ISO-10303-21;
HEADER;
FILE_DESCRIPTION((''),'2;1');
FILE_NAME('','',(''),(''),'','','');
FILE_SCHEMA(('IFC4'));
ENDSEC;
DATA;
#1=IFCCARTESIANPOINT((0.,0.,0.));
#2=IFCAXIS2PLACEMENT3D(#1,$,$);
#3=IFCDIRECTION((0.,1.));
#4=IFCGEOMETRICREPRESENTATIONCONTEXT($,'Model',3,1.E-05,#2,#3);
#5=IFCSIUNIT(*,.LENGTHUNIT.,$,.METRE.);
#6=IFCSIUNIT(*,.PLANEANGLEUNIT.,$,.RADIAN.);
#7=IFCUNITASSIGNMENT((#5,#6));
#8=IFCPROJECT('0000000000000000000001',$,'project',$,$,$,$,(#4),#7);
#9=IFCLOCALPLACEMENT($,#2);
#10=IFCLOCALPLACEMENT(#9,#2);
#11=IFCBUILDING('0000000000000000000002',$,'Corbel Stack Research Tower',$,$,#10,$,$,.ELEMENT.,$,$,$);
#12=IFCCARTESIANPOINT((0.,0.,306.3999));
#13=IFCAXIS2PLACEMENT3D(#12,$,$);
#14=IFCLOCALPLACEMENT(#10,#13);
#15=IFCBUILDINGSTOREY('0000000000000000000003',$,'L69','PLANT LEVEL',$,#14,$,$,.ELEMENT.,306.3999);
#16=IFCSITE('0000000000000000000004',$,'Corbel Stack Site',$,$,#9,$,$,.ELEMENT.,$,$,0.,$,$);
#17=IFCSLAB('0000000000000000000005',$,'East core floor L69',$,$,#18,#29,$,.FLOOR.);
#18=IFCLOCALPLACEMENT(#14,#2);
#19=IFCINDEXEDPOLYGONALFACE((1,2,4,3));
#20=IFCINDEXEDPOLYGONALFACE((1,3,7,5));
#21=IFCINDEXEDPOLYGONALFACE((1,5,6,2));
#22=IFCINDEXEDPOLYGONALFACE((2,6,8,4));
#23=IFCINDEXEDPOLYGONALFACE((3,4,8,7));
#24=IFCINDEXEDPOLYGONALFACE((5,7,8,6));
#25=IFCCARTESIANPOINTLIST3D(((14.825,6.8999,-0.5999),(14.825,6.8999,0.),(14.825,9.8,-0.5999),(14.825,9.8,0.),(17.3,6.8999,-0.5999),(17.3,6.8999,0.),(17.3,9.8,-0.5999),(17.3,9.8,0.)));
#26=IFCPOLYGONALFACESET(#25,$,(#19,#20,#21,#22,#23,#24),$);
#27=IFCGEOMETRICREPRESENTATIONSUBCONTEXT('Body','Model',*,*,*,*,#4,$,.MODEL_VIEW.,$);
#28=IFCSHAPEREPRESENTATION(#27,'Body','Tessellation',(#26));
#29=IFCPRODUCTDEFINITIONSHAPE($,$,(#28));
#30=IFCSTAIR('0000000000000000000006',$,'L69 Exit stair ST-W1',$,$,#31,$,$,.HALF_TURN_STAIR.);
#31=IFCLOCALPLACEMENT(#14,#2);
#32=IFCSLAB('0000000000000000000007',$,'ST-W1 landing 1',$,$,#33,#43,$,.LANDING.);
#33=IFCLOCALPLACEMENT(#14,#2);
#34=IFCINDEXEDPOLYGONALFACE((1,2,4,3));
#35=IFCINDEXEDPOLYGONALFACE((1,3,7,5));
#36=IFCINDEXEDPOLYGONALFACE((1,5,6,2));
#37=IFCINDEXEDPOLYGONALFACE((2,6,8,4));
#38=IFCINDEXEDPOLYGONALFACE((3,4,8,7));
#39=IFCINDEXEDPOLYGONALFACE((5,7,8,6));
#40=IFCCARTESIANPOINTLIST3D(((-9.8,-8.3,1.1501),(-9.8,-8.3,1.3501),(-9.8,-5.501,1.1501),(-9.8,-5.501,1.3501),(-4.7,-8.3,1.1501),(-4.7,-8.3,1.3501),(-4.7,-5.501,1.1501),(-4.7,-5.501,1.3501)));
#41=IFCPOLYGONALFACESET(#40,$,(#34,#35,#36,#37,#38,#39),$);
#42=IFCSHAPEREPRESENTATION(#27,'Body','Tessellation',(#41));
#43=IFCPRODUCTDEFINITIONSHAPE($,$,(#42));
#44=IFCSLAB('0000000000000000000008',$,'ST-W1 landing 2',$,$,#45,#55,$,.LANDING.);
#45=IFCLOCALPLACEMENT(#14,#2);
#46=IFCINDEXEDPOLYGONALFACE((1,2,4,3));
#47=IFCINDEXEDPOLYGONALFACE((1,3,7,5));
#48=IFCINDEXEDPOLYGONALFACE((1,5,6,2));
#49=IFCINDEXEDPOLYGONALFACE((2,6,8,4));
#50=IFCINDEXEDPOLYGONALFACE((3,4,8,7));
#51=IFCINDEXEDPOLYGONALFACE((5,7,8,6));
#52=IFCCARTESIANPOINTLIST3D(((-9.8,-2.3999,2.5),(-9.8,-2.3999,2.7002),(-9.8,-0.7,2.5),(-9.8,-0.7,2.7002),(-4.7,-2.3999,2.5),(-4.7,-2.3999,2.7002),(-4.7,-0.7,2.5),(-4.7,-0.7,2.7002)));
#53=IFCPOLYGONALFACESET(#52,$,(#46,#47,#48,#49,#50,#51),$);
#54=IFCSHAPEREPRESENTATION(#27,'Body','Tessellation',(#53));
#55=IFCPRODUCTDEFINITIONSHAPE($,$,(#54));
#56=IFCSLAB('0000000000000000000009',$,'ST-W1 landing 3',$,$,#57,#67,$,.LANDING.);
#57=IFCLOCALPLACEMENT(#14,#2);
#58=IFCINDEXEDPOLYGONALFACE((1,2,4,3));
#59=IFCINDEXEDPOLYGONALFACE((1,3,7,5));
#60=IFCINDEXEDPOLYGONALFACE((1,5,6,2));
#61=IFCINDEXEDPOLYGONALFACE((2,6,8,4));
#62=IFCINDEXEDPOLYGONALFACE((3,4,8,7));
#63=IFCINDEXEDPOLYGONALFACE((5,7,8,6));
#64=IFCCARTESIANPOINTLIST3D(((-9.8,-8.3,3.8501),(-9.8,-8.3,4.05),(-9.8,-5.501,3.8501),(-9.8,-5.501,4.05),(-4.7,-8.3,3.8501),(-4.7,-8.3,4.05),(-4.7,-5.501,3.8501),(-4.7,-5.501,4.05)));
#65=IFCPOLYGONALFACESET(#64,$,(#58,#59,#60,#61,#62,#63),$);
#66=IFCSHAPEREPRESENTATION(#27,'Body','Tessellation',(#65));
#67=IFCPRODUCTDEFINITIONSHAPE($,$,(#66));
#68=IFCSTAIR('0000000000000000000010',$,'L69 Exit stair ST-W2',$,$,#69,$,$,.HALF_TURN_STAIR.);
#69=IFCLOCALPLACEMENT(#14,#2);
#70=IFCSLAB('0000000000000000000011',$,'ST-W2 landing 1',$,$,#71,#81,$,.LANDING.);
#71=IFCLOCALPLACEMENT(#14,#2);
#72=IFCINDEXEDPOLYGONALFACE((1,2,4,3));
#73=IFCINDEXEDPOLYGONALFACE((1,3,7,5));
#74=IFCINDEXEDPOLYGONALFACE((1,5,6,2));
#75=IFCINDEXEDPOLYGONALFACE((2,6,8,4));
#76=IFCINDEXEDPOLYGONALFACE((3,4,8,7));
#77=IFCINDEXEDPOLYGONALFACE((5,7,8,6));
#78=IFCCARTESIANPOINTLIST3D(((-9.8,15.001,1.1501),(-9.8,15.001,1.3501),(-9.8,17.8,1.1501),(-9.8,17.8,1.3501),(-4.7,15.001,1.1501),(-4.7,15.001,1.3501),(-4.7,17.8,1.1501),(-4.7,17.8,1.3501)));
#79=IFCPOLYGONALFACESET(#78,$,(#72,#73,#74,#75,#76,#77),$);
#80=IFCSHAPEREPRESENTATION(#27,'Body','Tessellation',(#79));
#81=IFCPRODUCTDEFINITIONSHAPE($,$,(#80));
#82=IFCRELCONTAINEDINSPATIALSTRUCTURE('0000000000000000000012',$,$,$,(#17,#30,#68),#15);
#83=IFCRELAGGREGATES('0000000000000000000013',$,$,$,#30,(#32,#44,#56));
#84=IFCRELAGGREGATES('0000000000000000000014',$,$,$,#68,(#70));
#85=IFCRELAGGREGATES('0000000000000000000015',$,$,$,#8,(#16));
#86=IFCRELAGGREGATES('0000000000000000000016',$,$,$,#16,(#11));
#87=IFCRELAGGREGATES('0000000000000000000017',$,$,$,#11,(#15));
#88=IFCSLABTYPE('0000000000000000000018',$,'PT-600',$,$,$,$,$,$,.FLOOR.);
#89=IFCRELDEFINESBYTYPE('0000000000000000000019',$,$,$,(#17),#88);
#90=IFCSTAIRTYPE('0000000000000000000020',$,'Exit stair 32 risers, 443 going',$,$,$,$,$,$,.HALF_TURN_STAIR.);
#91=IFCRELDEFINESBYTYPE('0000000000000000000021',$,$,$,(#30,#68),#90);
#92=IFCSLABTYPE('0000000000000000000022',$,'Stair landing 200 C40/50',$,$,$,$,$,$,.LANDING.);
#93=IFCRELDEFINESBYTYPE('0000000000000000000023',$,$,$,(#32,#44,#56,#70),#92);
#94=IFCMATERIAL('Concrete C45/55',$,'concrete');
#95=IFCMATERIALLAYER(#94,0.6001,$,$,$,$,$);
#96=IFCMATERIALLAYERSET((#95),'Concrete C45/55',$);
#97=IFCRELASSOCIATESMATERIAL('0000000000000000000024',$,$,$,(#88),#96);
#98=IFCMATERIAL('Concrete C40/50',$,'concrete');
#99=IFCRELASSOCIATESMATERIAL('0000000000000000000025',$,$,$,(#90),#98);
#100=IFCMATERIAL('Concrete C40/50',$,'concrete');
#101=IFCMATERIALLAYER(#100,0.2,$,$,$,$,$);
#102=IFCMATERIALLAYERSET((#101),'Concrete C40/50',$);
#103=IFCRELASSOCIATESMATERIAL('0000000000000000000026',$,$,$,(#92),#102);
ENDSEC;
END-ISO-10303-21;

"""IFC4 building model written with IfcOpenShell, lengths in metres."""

from ifc_helpers import new_model, si_unit, direction, frame, origin, place, context, subcontext, project, spatial, polyline, outline, extrude, material, layer, layer_set, type_object, element, aggregate, save


model = new_model("IFC4")

# Units and contexts
model_context = context("Model", 3, precision=1e-05, world=origin(), true_north=direction((0.0, 1.0)))
body_context = subcontext(model_context, "Body", "Model", "MODEL_VIEW")
ifc_project = project(units=[si_unit("LENGTHUNIT", "METRE"), si_unit("PLANEANGLEUNIT", "RADIAN")], contexts=[model_context])

# Site, building, storey
site_placement = place(None, origin())
site = spatial("IfcSite", under=ifc_project, at=site_placement, Name="Corbel Stack Site", CompositionType="ELEMENT", RefElevation=0.0)
building_placement = place(site_placement, origin())
building = spatial("IfcBuilding", under=site, at=building_placement, Name="Corbel Stack Research Tower", CompositionType="ELEMENT")
storey_placement = place(building_placement, frame((0.0, 0.0, 306.3999)))
storey = spatial("IfcBuildingStorey", under=building, at=storey_placement, Name="L69", Description="PLANT LEVEL", CompositionType="ELEMENT", Elevation=306.3999)

# Slab
ifc_material_1 = material(Name="Concrete C45/55", Category="concrete")
ifc_layer_1 = layer(ifc_material_1, 0.6001)
ifc_layer_set_1 = layer_set([ifc_layer_1], Name="Concrete C45/55")
slab_type_1 = type_object("IfcSlabType", Name="PT-600", PredefinedType="FLOOR", material=ifc_layer_set_1)
slab_1_placement = place(storey_placement, frame((0.0, 0.0, -0.5999)))
element("IfcSlab", 1, at=slab_1_placement, inside=storey, type_object=slab_type_1, Name="East core floor L69", PredefinedType="FLOOR", context=body_context, shape_type="SweptSolid", body=[
    extrude(outline(polyline([(17.3, 6.8999), (17.3, 9.8), (14.825, 9.8), (14.825, 6.8999), (17.3, 6.8999)])), origin(), (0.0, 0.0, 1.0), 0.5999),
])

# Stair, slabs
ifc_material_2 = material(Name="Concrete C40/50", Category="concrete")
stair_type = type_object("IfcStairType", Name="Exit stair 32 risers, 443 going", PredefinedType="HALF_TURN_STAIR", material=ifc_material_2)
stair_1_placement = place(storey_placement, origin())
stair_1 = element("IfcStair", 2, at=stair_1_placement, inside=storey, type_object=stair_type, Name="L69 Exit stair ST-W1", PredefinedType="HALF_TURN_STAIR")
ifc_material_3 = material(Name="Concrete C40/50", Category="concrete")
ifc_layer_2 = layer(ifc_material_3, 0.2)
ifc_layer_set_2 = layer_set([ifc_layer_2], Name="Concrete C40/50")
slab_type_2 = type_object("IfcSlabType", Name="Stair landing 200 C40/50", PredefinedType="LANDING", material=ifc_layer_set_2)
slab_2_placement = place(storey_placement, frame((0.0, 0.0, 1.1501)))
slab_2 = element("IfcSlab", 3, at=slab_2_placement, type_object=slab_type_2, Name="ST-W1 landing 1", PredefinedType="LANDING", context=body_context, shape_type="SweptSolid", body=[
    extrude(outline(polyline([(-9.8, -8.3), (-9.8, -5.501), (-4.7, -5.501), (-4.7, -8.3), (-9.8, -8.3)])), origin(), (0.0, 0.0, 1.0), 0.2),
])
slab_3_placement = place(storey_placement, frame((0.0, 0.0, 2.5)))
slab_3 = element("IfcSlab", 4, at=slab_3_placement, type_object=slab_type_2, Name="ST-W1 landing 2", PredefinedType="LANDING", context=body_context, shape_type="SweptSolid", body=[
    extrude(outline(polyline([(-9.8, -2.3999), (-9.8, -0.7), (-4.7, -0.7), (-4.7, -2.3999), (-9.8, -2.3999)])), origin(), (0.0, 0.0, 1.0), 0.2002),
])
slab_4_placement = place(storey_placement, frame((0.0, 0.0, 3.8501)))
slab_4 = element("IfcSlab", 5, at=slab_4_placement, type_object=slab_type_2, Name="ST-W1 landing 3", PredefinedType="LANDING", context=body_context, shape_type="SweptSolid", body=[
    extrude(outline(polyline([(-9.8, -8.3), (-9.8, -5.501), (-4.7, -5.501), (-4.7, -8.3), (-9.8, -8.3)])), origin(), (0.0, 0.0, 1.0), 0.2),
])
aggregate(stair_1, [slab_2, slab_3, slab_4])

# Stair, slab
stair_2_placement = place(storey_placement, origin())
stair_2 = element("IfcStair", 6, at=stair_2_placement, inside=storey, type_object=stair_type, Name="L69 Exit stair ST-W2", PredefinedType="HALF_TURN_STAIR")
slab_5_placement = place(storey_placement, frame((0.0, 0.0, 1.1501)))
slab_5 = element("IfcSlab", 7, at=slab_5_placement, type_object=slab_type_2, Name="ST-W2 landing 1", PredefinedType="LANDING", context=body_context, shape_type="SweptSolid", body=[
    extrude(outline(polyline([(-9.8, 15.001), (-9.8, 17.8), (-4.7, 17.8), (-4.7, 15.001), (-9.8, 15.001)])), origin(), (0.0, 0.0, 1.0), 0.2),
])
aggregate(stair_2, [slab_5])

save(model, "model.ifc")
